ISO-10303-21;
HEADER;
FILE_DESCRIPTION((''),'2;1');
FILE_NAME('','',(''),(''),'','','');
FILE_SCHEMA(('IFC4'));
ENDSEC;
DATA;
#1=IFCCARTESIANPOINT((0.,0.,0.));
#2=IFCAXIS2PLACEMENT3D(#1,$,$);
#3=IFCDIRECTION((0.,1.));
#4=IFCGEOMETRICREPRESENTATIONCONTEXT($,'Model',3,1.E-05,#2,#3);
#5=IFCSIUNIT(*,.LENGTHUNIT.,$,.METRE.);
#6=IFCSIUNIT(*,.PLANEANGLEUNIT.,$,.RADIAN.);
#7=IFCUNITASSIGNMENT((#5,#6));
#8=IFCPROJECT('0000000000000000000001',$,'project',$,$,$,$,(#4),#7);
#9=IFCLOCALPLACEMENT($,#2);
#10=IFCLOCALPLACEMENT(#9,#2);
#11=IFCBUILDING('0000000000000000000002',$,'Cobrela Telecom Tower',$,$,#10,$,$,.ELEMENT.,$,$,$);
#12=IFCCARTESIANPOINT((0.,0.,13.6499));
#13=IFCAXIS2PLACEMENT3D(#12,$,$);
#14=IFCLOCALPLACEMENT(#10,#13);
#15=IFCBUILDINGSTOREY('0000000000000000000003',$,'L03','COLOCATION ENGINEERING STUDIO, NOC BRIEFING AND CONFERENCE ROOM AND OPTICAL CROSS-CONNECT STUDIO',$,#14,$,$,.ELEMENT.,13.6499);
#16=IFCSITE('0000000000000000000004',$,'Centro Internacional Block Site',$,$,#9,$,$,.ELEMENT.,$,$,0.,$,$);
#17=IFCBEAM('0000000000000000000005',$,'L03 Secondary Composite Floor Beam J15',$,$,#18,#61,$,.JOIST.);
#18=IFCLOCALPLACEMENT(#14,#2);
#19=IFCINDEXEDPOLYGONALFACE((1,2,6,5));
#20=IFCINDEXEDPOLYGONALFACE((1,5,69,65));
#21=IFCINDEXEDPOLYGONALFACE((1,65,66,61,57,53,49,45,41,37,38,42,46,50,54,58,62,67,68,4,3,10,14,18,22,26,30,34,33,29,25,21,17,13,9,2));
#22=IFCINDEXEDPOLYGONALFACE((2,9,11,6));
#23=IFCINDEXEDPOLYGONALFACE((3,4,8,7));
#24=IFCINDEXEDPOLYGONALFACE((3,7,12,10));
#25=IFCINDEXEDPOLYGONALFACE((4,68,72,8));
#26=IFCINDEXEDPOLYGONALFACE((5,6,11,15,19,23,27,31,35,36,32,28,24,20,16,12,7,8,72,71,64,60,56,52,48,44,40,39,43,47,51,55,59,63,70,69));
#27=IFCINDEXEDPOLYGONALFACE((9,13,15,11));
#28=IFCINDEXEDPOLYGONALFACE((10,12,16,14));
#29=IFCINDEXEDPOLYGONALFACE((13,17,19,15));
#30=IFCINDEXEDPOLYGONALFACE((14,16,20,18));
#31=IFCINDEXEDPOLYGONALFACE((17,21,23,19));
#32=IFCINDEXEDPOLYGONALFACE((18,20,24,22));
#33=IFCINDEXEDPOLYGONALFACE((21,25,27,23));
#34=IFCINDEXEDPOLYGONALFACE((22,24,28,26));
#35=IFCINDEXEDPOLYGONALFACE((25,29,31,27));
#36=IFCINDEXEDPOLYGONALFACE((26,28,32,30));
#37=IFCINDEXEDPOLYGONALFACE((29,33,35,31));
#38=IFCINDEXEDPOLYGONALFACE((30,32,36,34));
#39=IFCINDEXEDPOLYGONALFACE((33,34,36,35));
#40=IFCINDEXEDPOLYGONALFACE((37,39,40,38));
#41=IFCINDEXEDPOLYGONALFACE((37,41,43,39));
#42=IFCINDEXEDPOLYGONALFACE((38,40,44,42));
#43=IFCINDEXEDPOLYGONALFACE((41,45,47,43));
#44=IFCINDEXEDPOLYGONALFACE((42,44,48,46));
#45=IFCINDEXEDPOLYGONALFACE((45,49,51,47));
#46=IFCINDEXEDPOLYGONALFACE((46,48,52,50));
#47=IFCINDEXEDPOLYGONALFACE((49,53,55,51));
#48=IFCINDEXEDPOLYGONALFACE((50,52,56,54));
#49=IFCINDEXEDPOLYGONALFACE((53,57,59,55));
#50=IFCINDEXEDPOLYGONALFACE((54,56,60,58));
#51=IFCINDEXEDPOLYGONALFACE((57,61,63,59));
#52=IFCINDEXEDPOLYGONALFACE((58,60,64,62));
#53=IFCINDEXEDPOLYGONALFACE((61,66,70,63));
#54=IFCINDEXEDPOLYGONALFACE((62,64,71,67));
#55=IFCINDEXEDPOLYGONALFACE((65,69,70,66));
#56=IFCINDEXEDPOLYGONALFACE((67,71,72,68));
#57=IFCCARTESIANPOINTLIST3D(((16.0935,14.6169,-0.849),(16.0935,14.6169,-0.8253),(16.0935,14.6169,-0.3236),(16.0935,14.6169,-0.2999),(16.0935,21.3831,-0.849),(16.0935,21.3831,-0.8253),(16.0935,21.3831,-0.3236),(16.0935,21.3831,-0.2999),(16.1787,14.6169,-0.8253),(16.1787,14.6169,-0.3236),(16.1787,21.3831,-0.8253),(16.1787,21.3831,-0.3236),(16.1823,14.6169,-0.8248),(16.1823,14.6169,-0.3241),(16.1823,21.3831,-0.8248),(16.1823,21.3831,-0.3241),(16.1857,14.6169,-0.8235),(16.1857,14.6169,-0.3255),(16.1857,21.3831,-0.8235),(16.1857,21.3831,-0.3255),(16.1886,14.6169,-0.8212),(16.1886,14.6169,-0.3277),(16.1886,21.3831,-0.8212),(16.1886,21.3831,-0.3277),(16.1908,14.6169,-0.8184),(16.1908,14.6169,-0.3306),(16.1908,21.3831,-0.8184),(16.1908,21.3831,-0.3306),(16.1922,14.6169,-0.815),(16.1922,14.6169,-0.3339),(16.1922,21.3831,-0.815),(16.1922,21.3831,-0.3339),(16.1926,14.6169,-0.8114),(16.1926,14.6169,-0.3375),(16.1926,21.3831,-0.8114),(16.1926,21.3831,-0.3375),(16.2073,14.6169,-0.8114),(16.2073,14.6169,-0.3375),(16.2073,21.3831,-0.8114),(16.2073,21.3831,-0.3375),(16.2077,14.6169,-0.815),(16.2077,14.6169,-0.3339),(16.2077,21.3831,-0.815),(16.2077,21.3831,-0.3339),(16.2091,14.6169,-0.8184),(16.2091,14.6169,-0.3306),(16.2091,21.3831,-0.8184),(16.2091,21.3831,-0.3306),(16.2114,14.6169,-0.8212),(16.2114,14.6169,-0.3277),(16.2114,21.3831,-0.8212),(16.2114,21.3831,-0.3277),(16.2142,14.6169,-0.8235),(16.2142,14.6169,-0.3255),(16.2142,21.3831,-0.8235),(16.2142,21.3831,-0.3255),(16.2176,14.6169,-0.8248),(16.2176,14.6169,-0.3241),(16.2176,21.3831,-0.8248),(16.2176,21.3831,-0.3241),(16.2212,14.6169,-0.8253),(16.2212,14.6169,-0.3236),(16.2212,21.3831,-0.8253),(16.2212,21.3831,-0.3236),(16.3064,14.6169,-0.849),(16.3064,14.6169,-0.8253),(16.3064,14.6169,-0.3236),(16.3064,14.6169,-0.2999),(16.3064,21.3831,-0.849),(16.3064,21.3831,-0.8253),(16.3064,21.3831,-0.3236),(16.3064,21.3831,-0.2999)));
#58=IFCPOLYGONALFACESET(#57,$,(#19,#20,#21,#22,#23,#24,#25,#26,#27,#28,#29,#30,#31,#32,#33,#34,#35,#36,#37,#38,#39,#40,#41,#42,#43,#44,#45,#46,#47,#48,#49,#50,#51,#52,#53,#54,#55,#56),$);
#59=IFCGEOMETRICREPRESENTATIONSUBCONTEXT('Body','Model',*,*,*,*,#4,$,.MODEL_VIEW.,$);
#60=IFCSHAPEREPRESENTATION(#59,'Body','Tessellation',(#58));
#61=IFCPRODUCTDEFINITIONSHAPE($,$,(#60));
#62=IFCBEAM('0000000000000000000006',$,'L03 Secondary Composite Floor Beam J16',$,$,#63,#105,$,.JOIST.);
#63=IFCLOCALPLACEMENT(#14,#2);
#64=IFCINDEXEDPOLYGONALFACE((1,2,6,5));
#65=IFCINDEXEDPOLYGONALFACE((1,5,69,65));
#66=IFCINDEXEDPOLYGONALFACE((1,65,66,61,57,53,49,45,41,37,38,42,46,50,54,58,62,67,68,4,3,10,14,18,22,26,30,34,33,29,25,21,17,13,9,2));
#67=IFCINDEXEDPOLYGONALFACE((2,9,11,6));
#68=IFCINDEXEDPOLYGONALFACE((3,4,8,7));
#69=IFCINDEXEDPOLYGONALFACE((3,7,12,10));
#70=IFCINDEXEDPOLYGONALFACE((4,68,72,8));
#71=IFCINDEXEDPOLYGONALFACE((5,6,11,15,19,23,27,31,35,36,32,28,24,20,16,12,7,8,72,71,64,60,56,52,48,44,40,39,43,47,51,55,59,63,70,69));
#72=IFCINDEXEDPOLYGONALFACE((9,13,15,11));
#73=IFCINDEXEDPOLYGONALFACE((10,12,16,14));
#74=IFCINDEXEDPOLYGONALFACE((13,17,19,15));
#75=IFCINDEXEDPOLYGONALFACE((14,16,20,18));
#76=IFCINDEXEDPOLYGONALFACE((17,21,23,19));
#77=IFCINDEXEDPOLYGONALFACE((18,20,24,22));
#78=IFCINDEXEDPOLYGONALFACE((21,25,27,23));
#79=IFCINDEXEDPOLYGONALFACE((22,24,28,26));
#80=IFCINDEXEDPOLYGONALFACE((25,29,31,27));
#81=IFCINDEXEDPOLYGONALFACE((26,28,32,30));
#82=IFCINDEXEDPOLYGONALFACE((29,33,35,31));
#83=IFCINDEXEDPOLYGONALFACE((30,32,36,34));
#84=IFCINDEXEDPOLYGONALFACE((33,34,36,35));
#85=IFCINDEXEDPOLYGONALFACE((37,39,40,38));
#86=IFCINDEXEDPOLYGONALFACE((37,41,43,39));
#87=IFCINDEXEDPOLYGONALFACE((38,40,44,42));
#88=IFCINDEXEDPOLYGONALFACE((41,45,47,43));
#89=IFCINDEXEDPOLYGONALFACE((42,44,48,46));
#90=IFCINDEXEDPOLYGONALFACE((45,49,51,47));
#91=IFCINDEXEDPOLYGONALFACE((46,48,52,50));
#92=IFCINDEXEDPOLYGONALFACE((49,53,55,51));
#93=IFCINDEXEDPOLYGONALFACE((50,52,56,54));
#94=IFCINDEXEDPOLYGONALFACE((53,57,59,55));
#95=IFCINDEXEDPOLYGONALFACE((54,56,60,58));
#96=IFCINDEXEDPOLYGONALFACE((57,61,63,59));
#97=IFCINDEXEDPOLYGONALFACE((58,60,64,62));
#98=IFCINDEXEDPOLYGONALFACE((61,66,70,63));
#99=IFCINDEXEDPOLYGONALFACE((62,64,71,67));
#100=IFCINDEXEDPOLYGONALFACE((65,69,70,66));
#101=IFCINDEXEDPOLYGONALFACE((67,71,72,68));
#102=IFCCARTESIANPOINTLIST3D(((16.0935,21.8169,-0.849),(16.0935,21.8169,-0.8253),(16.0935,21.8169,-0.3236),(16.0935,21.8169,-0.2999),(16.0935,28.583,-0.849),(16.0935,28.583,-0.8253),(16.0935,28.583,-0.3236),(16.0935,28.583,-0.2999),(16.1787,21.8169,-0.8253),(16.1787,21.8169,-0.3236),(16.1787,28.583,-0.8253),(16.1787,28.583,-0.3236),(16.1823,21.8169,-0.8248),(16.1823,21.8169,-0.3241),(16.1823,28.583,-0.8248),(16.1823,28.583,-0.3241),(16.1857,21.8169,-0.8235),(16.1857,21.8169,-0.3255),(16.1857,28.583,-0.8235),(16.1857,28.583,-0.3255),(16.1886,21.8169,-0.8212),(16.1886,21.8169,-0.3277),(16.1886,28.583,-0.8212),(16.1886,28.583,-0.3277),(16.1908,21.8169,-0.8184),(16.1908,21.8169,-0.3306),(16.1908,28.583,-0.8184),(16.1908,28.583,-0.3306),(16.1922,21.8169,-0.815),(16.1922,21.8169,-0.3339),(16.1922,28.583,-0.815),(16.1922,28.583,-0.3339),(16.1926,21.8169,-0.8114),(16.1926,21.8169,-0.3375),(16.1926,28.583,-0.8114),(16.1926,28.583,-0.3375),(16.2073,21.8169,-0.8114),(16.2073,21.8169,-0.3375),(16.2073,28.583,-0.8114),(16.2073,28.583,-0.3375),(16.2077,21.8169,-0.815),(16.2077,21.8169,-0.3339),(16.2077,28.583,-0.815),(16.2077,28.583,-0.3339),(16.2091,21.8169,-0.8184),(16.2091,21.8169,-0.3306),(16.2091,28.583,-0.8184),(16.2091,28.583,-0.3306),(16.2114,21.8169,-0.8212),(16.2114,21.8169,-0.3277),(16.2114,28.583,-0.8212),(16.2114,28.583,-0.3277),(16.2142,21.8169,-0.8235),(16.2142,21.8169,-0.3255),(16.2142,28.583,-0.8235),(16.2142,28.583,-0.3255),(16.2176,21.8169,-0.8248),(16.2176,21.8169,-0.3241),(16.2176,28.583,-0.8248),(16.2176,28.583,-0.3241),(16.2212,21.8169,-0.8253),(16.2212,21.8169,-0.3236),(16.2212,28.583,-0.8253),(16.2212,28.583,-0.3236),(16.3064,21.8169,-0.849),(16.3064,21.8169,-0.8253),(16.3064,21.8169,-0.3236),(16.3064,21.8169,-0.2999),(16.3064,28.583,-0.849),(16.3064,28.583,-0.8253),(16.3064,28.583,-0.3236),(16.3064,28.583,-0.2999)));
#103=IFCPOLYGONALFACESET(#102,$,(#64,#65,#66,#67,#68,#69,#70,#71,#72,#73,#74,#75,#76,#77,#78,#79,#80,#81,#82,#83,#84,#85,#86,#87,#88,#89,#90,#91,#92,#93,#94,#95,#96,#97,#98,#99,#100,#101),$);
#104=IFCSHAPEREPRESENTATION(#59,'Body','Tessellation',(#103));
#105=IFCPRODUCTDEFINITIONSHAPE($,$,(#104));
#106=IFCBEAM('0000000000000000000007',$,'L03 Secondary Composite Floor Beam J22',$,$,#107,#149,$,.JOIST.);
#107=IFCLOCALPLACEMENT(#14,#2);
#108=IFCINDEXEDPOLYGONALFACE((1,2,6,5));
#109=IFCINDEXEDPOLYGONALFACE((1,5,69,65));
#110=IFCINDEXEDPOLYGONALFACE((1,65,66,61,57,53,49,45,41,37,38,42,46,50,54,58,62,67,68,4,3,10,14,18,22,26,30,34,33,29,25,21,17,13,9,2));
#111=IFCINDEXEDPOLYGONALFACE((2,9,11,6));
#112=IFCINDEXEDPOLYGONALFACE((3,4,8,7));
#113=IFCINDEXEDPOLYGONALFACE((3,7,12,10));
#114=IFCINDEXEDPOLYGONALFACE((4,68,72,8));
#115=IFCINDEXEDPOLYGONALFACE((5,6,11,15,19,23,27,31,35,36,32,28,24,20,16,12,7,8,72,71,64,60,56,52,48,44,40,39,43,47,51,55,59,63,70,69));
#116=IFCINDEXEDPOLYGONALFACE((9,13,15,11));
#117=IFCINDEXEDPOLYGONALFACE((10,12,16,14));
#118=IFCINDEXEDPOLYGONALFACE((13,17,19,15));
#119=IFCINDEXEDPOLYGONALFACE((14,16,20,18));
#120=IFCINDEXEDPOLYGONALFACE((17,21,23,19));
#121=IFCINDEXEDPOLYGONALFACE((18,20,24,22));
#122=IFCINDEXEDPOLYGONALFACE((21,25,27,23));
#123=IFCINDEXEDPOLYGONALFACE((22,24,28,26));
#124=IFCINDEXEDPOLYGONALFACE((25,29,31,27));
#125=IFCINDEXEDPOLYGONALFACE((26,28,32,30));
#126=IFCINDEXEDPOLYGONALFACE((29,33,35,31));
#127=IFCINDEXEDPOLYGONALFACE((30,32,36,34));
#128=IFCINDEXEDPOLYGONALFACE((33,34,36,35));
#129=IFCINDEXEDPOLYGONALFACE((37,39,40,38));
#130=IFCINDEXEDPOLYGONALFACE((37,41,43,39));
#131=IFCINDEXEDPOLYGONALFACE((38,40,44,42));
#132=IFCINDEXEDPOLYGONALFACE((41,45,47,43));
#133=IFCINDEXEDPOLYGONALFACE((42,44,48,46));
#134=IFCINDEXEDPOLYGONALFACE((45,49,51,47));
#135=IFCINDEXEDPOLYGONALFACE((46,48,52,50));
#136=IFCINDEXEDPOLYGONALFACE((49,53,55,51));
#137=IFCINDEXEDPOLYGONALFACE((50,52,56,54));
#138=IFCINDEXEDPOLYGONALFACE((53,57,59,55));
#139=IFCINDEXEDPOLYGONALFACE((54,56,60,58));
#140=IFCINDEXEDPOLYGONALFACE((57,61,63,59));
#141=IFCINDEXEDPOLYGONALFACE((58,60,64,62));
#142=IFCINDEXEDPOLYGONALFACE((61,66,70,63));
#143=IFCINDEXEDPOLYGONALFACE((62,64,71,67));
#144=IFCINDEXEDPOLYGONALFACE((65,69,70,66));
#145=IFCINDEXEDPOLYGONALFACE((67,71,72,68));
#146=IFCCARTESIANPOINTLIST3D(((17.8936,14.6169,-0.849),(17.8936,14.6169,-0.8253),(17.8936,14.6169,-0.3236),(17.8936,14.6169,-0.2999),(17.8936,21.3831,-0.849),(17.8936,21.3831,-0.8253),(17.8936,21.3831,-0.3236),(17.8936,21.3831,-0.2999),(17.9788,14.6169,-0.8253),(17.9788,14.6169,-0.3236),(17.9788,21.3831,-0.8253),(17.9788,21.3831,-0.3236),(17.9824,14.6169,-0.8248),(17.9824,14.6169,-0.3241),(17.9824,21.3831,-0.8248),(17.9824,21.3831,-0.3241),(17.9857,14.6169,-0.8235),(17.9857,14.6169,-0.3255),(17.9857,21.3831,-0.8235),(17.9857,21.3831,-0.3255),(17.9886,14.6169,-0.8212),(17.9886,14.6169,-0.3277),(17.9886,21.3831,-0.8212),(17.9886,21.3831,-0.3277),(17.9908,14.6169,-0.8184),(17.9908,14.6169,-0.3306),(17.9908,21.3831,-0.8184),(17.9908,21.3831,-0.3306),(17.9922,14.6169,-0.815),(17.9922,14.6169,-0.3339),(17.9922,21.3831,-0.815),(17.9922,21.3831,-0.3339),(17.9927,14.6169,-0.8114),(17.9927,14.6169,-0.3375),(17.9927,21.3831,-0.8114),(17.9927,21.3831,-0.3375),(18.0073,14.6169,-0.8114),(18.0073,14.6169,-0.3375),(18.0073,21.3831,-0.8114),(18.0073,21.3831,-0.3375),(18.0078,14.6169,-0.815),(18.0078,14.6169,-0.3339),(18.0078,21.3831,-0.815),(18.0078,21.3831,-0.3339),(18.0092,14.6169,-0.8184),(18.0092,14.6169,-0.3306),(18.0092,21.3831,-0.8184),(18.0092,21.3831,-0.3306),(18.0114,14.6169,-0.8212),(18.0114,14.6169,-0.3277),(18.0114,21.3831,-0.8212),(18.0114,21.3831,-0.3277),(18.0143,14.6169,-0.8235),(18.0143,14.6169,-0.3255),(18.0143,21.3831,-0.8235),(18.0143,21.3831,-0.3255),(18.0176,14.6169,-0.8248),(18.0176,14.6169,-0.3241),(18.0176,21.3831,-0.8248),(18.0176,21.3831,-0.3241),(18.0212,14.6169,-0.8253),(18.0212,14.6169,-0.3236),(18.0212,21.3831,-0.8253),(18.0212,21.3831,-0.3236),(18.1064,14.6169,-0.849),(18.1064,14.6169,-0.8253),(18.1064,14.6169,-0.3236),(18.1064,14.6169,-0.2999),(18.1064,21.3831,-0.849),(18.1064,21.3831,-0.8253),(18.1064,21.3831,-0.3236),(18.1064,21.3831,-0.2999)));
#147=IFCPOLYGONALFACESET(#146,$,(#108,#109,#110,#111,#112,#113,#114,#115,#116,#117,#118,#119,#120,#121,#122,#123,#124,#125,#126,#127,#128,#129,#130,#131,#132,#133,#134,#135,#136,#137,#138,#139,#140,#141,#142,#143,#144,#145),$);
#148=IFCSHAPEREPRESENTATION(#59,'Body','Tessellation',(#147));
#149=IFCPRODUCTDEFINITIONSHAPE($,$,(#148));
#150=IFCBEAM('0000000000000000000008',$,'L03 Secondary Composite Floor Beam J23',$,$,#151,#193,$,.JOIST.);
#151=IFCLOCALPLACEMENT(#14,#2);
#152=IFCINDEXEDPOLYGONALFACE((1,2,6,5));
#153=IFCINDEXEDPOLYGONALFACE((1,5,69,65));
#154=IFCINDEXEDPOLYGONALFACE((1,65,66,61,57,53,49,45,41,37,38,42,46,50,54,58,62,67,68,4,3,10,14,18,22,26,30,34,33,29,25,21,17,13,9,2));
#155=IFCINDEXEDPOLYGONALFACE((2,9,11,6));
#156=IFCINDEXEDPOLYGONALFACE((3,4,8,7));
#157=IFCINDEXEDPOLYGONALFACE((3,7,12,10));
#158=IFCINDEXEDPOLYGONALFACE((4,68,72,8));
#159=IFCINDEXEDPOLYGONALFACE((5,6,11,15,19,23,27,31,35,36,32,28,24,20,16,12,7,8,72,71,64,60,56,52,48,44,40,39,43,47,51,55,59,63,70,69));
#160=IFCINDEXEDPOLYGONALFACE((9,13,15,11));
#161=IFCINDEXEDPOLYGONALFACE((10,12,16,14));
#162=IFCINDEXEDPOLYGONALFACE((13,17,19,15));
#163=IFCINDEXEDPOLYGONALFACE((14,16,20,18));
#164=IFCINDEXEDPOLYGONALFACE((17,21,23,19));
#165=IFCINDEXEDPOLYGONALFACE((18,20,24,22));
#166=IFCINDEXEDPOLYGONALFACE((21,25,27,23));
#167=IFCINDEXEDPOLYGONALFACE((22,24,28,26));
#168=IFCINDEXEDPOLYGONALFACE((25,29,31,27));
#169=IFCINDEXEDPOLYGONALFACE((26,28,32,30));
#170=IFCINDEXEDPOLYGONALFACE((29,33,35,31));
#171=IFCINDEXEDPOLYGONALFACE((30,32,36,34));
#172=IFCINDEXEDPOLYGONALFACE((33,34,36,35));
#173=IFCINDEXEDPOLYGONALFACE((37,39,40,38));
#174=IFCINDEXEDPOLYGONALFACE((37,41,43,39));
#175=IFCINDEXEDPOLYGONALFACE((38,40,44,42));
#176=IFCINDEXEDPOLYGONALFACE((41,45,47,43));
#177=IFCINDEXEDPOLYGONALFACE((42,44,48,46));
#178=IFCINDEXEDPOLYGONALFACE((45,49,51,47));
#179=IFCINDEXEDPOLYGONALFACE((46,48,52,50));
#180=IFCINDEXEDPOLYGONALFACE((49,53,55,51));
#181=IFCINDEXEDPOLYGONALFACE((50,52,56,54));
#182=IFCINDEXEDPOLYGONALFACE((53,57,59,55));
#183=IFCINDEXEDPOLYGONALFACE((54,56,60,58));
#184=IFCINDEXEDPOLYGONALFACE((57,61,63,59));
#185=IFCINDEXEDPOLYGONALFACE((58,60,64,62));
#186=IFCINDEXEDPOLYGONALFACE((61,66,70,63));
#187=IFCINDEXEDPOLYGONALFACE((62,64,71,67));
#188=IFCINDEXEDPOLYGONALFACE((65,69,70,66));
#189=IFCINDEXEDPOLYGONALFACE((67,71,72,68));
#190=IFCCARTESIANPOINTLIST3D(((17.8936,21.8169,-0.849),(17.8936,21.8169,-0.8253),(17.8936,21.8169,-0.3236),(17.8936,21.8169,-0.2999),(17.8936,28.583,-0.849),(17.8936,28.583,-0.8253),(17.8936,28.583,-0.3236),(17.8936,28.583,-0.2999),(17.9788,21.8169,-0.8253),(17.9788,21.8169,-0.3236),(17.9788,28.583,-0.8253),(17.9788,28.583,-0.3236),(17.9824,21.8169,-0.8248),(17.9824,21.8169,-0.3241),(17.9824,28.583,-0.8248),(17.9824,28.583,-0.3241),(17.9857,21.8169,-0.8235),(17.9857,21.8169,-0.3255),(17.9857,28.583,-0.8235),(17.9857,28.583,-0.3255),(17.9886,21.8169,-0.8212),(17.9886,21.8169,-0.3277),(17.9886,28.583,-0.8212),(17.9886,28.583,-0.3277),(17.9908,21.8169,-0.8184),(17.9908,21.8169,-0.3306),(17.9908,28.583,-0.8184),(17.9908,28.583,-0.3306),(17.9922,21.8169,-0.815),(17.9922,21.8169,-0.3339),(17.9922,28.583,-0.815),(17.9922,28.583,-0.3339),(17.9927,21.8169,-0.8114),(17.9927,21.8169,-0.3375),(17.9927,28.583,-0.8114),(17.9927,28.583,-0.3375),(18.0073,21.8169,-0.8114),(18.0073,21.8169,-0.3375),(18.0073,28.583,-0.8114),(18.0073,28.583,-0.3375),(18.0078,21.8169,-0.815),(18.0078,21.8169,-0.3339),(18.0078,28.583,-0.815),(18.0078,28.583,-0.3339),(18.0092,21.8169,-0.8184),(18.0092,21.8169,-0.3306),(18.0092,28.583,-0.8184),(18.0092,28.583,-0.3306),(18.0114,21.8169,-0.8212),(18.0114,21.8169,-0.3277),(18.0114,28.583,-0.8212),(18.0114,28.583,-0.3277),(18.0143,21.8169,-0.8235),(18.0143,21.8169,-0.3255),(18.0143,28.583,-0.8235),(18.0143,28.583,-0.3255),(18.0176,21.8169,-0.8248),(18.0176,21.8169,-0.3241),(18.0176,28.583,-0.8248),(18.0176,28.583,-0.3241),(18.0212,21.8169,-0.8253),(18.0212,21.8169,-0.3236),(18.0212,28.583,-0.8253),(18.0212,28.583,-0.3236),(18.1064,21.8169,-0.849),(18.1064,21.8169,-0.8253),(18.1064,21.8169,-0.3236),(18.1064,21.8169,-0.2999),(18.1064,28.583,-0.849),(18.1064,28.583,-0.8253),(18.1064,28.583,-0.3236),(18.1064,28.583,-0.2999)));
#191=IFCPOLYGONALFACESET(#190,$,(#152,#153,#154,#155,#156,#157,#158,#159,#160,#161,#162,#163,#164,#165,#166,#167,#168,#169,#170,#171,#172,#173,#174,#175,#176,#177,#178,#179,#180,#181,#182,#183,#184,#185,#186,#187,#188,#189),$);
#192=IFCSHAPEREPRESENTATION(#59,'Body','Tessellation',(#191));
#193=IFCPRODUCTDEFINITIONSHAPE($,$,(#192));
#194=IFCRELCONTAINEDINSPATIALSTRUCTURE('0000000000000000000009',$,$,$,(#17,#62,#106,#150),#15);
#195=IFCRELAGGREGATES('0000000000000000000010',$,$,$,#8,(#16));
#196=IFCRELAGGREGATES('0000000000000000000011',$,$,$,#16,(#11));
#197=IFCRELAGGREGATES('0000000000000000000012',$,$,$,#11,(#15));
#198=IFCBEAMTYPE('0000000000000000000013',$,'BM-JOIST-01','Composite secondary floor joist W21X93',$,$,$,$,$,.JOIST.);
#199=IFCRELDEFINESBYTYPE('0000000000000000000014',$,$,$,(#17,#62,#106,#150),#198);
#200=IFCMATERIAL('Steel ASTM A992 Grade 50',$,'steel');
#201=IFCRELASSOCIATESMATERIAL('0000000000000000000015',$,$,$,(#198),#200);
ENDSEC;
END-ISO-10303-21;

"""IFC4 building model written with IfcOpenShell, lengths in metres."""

from ifc_helpers import new_model, si_unit, direction, frame, origin, origin_2d, place, context, subcontext, project, spatial, i_section, extrude, material, material_profile, profile_set, type_object, element, save


model = new_model("IFC4")

# Units and contexts
model_context = context("Model", 3, precision=1e-05, world=origin(), true_north=direction((0.0, 1.0)))
body_context = subcontext(model_context, "Body", "Model", "MODEL_VIEW")
ifc_project = project(units=[si_unit("LENGTHUNIT", "METRE"), si_unit("PLANEANGLEUNIT", "RADIAN")], contexts=[model_context])

# Site, building, storey
site_placement = place(None, origin())
site = spatial("IfcSite", under=ifc_project, at=site_placement, Name="Centro Internacional Block Site", CompositionType="ELEMENT", RefElevation=0.0)
building_placement = place(site_placement, origin())
building = spatial("IfcBuilding", under=site, at=building_placement, Name="Cobrela Telecom Tower", CompositionType="ELEMENT")
storey_placement = place(building_placement, frame((0.0, 0.0, 13.6499)))
storey = spatial("IfcBuildingStorey", under=building, at=storey_placement, Name="L03", Description="COLOCATION ENGINEERING STUDIO, NOC BRIEFING AND CONFERENCE ROOM AND OPTICAL CROSS-CONNECT STUDIO", CompositionType="ELEMENT", Elevation=13.6499)

# Beams
ifc_material_1 = material(Name="Steel ASTM A992 Grade 50", Category="steel")
ifc_material_profile = material_profile(ifc_material_1, i_section(OverallWidth=0.2129, OverallDepth=0.5491, WebThickness=0.0146, FlangeThickness=0.0237, FilletRadius=0.0139, at=origin_2d()), Name="W21X93")
ifc_profile_set = profile_set([ifc_material_profile], Name="Steel ASTM A992 Grade 50")
beam_type = type_object("IfcBeamType", Name="BM-JOIST-01", Description="Composite secondary floor joist W21X93", PredefinedType="JOIST", material=ifc_profile_set)
for number, where, z_axis, x_axis, name in (
    (1, (16.2, 14.6169, -0.5745), (0.0, 1.0, 0.0), (-1.0, 0.0, 0.0), "L03 Secondary Composite Floor Beam J15"),
    (2, (16.2, 21.8169, -0.5745), (0.0, 1.0, 0.0), (-1.0, 0.0, 0.0), "L03 Secondary Composite Floor Beam J16"),
    (3, (18.0, 14.6169, -0.5745), (0.0, 1.0, 0.0), (-1.0, 0.0, 0.0), "L03 Secondary Composite Floor Beam J22"),
    (4, (18.0, 21.8169, -0.5745), (0.0, 1.0, 0.0), (-1.0, 0.0, 0.0), "L03 Secondary Composite Floor Beam J23"),
):
    element("IfcBeam", number, at=place(storey_placement, frame(where, z_axis=z_axis, x_axis=x_axis)), inside=storey, type_object=beam_type, Name=name, PredefinedType="JOIST", context=body_context, shape_type="SweptSolid", body=[
        extrude(i_section(OverallWidth=0.2129, OverallDepth=0.5491, WebThickness=0.0146, FlangeThickness=0.0237, FilletRadius=0.0139, at=origin_2d()), origin(), (0.0, 0.0, 1.0), 6.7661),
    ])

save(model, "model.ifc")
